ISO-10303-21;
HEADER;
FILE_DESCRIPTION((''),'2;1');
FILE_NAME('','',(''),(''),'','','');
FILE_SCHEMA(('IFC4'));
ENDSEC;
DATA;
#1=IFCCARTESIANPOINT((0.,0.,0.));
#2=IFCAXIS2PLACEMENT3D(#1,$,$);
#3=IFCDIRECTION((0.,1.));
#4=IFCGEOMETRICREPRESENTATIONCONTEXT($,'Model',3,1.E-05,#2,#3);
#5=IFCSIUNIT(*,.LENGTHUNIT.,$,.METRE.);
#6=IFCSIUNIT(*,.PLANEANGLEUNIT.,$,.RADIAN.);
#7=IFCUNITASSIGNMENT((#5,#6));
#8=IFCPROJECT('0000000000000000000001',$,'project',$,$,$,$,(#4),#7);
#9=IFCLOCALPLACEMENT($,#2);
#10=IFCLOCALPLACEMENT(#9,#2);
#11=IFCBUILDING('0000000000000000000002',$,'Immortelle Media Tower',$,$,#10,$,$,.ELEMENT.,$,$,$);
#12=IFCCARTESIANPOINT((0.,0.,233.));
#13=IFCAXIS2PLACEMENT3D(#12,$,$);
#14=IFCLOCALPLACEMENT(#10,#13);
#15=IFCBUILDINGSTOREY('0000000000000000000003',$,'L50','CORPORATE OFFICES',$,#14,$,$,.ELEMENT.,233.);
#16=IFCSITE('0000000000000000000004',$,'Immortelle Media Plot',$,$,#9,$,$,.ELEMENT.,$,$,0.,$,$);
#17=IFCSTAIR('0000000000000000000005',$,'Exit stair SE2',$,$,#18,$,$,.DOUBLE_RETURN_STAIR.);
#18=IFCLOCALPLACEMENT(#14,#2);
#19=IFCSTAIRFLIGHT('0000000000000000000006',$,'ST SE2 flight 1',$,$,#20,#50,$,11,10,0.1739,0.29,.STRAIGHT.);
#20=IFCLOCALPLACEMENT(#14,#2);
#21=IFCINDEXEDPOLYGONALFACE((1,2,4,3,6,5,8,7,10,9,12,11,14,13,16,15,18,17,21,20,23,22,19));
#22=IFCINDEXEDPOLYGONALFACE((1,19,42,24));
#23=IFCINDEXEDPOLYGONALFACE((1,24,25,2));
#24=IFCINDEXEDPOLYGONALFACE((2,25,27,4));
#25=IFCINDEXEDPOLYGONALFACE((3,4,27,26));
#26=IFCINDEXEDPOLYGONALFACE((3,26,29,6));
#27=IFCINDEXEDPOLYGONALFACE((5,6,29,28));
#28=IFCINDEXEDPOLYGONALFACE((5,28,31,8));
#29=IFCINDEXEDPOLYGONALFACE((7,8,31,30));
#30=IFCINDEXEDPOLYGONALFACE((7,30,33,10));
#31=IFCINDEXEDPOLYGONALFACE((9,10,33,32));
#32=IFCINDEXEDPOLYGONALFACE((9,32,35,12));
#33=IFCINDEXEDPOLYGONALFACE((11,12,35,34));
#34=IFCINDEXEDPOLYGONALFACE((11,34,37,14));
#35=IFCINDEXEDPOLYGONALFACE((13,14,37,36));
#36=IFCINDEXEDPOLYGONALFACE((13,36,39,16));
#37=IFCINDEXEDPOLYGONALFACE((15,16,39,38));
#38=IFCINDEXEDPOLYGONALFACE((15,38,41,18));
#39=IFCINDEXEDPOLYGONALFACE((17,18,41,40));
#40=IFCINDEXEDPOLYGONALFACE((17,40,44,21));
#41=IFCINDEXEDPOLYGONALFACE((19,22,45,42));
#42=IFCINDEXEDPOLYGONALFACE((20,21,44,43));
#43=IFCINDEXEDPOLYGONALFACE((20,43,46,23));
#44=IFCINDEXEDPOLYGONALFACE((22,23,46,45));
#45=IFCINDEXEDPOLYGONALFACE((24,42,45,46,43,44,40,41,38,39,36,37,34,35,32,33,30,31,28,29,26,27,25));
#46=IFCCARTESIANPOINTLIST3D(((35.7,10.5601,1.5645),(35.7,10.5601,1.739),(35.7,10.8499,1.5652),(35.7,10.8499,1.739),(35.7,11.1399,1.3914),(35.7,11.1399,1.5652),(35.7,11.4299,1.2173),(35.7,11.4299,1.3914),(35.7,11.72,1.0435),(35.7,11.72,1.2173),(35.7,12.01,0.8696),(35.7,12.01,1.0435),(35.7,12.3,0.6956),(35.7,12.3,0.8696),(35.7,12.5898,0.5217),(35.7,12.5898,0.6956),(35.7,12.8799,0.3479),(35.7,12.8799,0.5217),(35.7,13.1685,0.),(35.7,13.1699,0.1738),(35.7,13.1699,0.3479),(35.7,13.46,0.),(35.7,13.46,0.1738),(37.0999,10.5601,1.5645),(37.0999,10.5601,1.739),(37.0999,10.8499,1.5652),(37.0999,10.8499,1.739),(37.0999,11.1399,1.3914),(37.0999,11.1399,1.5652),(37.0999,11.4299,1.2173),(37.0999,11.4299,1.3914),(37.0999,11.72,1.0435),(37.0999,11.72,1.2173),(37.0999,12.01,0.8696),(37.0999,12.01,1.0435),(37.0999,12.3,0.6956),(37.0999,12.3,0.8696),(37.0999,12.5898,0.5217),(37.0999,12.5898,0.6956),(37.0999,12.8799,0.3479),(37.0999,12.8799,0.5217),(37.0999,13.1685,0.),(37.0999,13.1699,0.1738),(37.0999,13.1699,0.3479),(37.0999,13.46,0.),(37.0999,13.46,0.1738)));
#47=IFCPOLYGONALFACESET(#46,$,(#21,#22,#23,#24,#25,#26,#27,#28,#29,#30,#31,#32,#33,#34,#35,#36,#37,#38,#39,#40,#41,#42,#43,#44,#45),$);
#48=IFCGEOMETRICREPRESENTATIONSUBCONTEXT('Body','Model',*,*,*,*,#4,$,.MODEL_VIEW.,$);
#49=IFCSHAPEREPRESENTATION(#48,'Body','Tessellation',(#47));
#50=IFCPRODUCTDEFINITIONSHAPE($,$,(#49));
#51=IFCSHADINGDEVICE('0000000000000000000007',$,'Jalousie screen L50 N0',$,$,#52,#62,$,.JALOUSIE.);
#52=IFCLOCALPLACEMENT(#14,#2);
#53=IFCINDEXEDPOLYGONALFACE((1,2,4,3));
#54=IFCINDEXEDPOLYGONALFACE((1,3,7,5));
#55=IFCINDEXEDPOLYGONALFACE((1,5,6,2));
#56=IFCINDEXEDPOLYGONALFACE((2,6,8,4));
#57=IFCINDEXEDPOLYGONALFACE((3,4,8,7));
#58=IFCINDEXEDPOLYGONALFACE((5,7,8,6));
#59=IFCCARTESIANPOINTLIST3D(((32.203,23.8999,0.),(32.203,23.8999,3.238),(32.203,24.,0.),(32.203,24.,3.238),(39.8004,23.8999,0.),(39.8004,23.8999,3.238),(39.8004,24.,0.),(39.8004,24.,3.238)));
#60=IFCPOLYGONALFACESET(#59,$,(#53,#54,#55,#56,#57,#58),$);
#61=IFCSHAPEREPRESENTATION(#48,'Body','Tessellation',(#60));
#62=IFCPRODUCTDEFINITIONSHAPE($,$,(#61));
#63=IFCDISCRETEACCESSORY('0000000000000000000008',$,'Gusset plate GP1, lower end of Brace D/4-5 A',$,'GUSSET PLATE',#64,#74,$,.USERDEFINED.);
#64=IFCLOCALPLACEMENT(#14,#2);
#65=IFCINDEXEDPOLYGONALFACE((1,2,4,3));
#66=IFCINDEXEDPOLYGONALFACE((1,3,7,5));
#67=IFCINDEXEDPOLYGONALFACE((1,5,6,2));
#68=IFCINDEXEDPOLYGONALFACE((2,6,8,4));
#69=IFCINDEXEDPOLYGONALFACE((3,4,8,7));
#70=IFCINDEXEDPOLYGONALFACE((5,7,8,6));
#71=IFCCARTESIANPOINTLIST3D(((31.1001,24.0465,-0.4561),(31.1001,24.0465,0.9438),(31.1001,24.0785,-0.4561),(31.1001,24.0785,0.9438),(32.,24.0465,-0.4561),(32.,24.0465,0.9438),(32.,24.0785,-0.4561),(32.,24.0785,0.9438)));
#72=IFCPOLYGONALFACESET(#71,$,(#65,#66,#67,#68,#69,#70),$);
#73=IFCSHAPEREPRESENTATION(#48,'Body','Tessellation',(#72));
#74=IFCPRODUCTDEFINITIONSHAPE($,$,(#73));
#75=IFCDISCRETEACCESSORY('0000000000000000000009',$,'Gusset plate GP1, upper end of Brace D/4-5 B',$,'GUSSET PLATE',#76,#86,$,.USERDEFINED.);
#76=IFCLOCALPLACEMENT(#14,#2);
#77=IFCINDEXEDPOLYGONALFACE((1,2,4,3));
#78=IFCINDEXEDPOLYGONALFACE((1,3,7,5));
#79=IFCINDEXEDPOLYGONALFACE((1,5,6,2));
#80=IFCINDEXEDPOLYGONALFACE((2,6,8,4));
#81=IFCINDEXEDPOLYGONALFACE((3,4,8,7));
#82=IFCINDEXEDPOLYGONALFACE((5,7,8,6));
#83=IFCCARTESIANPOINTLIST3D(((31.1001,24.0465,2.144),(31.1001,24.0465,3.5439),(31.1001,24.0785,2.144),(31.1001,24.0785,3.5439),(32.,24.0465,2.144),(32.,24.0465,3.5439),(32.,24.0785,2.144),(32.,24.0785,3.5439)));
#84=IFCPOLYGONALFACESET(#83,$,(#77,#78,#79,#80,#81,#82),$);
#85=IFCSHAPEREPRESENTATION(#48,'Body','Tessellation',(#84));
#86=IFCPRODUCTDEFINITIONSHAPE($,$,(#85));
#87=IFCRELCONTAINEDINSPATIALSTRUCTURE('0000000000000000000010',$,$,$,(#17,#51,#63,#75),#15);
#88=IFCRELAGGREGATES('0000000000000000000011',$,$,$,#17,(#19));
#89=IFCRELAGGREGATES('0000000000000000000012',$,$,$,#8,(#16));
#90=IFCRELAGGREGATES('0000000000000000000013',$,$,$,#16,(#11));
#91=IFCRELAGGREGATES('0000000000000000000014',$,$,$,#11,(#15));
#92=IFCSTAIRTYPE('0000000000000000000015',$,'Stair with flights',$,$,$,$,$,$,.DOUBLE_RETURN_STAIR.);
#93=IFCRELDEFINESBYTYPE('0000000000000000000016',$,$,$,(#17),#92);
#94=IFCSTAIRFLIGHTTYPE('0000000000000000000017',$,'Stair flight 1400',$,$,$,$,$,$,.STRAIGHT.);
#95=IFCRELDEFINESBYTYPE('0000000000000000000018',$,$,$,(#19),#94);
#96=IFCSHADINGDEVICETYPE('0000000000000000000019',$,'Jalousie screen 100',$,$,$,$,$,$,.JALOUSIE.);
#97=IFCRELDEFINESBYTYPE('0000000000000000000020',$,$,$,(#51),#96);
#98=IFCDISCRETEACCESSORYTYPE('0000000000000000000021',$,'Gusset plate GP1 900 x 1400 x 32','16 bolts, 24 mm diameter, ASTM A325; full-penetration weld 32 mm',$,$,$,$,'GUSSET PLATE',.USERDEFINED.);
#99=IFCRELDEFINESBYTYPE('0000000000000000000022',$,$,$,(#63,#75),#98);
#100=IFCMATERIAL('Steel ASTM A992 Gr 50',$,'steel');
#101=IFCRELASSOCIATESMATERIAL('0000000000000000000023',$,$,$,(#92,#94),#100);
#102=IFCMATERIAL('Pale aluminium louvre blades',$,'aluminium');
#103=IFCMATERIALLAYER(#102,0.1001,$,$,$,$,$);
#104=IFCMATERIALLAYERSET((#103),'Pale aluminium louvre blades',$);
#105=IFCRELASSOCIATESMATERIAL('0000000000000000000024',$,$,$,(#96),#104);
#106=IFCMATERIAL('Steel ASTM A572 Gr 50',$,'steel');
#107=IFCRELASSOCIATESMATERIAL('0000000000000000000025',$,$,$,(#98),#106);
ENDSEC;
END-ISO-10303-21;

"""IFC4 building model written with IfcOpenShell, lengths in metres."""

from ifc_helpers import new_model, si_unit, direction, frame, origin, origin_2d, place, context, subcontext, project, spatial, polyline, rectangle, outline, extrude, material, layer, layer_set, material_profile, profile_set, type_object, element, aggregate, save


model = new_model("IFC4")

# Units and contexts
model_context = context("Model", 3, precision=1e-05, world=origin(), true_north=direction((0.0, 1.0)))
body_context = subcontext(model_context, "Body", "Model", "MODEL_VIEW")
ifc_project = project(units=[si_unit("LENGTHUNIT", "METRE"), si_unit("PLANEANGLEUNIT", "RADIAN")], contexts=[model_context])

# Site, building, storey
site_placement = place(None, origin())
site = spatial("IfcSite", under=ifc_project, at=site_placement, Name="Immortelle Media Plot", CompositionType="ELEMENT", RefElevation=0.0)
building_placement = place(site_placement, origin())
building = spatial("IfcBuilding", under=site, at=building_placement, Name="Immortelle Media Tower", CompositionType="ELEMENT")
storey_placement = place(building_placement, frame((0.0, 0.0, 233.0)))
storey = spatial("IfcBuildingStorey", under=building, at=storey_placement, Name="L50", Description="CORPORATE OFFICES", CompositionType="ELEMENT", Elevation=233.0)

# Shared definitions
ifc_material_1 = material(Name="Steel ASTM A992 Gr 50", Category="steel")

# Stair, stair flight
stair_type = type_object("IfcStairType", Name="Stair with flights", PredefinedType="DOUBLE_RETURN_STAIR", material=ifc_material_1)
stair_placement = place(storey_placement, origin())
stair = element("IfcStair", 1, at=stair_placement, inside=storey, type_object=stair_type, Name="Exit stair SE2", PredefinedType="DOUBLE_RETURN_STAIR")
stair_flight_type = type_object("IfcStairFlightType", Name="Stair flight 1400", PredefinedType="STRAIGHT", material=ifc_material_1)
stair_flight_placement = place(storey_placement, frame((36.3999, 13.46, 0.0), z_axis=(0.0, 0.0, 1.0), x_axis=(0.0, -1.0, 0.0)))
stair_flight = element("IfcStairFlight", 2, at=stair_flight_placement, type_object=stair_flight_type, Name="ST SE2 flight 1", NumberOfRisers=11, NumberOfTreads=10, PredefinedType="STRAIGHT", RiserHeight=0.1739, TreadLength=0.29, context=body_context, shape_type="SweptSolid", body=[
    extrude(outline(polyline([(0.0, 0.0), (0.0, 0.1738), (0.29, 0.1738), (0.29, 0.3479), (0.5801, 0.3479), (0.5801, 0.5217), (0.8701, 0.5217), (0.8701, 0.6956), (1.1599, 0.6956), (1.1599, 0.8696), (1.45, 0.8696), (1.45, 1.0435), (1.74, 1.0435), (1.74, 1.2173), (2.03, 1.2173), (2.03, 1.3914), (2.3201, 1.3914), (2.3201, 1.5652), (2.6101, 1.5652), (2.6101, 1.739), (2.8999, 1.739), (2.8999, 1.9131), (2.8999, 1.5645), (0.2915, 0.0), (0.0, 0.0)])), frame((0.0, 0.7, 0.0), z_axis=(0.0, -1.0, 0.0), x_axis=(1.0, 0.0, 0.0)), (0.0, 0.0, 1.0), 1.3999),
])
aggregate(stair, [stair_flight])

# Shading device
ifc_material_2 = material(Name="Pale aluminium louvre blades", Category="aluminium")
ifc_layer_1 = layer(ifc_material_2, 0.1001)
ifc_layer_set_1 = layer_set([ifc_layer_1], Name="Pale aluminium louvre blades")
shading_device_type = type_object("IfcShadingDeviceType", Name="Jalousie screen 100", PredefinedType="JALOUSIE", material=ifc_layer_set_1)
shading_device_placement = place(storey_placement, frame((36.0017, 23.95, 0.0), z_axis=(0.0, 0.0, 1.0), x_axis=(-1.0, 0.0, 0.0)))
element("IfcShadingDevice", 3, at=shading_device_placement, inside=storey, type_object=shading_device_type, Name="Jalousie screen L50 N0", PredefinedType="JALOUSIE", context=body_context, shape_type="SweptSolid", body=[
    extrude(rectangle(XDim=7.5974, YDim=0.1001, at=origin_2d()), origin(), (0.0, 0.0, 1.0), 3.238),
])

# Discrete accessories
ifc_material_3 = material(Name="Steel ASTM A572 Gr 50", Category="steel")
ifc_material_profile_1 = material_profile(ifc_material_3, rectangle(XDim=0.032, YDim=1.3999, at=origin_2d()), Name="PL 32 x 1400")
ifc_profile_set_1 = profile_set([ifc_material_profile_1], Name="Steel ASTM A572 Gr 50")
discrete_accessory_type = type_object("IfcDiscreteAccessoryType", Name="Gusset plate GP1 900 x 1400 x 32", Description="16 bolts, 24 mm diameter, ASTM A325; full-penetration weld 32 mm", ElementType="GUSSET PLATE", PredefinedType="USERDEFINED", material=ifc_profile_set_1)
for number, where, z_axis, x_axis, name in (
    (4, (32.0, 24.0625, 0.2439), (-1.0, 0.0, 0.0), (0.0, -1.0, 0.0), "Gusset plate GP1, lower end of Brace D/4-5 A"),
    (5, (32.0, 24.0625, 2.844), (-1.0, 0.0, 0.0), (0.0, -1.0, 0.0), "Gusset plate GP1, upper end of Brace D/4-5 B"),
):
    element("IfcDiscreteAccessory", number, at=place(storey_placement, frame(where, z_axis=z_axis, x_axis=x_axis)), inside=storey, type_object=discrete_accessory_type, Name=name, ObjectType="GUSSET PLATE", PredefinedType="USERDEFINED", context=body_context, shape_type="SweptSolid", body=[
        extrude(rectangle(XDim=0.032, YDim=1.3999, at=origin_2d()), origin(), (0.0, 0.0, 1.0), 0.8999),
    ])

save(model, "model.ifc")
